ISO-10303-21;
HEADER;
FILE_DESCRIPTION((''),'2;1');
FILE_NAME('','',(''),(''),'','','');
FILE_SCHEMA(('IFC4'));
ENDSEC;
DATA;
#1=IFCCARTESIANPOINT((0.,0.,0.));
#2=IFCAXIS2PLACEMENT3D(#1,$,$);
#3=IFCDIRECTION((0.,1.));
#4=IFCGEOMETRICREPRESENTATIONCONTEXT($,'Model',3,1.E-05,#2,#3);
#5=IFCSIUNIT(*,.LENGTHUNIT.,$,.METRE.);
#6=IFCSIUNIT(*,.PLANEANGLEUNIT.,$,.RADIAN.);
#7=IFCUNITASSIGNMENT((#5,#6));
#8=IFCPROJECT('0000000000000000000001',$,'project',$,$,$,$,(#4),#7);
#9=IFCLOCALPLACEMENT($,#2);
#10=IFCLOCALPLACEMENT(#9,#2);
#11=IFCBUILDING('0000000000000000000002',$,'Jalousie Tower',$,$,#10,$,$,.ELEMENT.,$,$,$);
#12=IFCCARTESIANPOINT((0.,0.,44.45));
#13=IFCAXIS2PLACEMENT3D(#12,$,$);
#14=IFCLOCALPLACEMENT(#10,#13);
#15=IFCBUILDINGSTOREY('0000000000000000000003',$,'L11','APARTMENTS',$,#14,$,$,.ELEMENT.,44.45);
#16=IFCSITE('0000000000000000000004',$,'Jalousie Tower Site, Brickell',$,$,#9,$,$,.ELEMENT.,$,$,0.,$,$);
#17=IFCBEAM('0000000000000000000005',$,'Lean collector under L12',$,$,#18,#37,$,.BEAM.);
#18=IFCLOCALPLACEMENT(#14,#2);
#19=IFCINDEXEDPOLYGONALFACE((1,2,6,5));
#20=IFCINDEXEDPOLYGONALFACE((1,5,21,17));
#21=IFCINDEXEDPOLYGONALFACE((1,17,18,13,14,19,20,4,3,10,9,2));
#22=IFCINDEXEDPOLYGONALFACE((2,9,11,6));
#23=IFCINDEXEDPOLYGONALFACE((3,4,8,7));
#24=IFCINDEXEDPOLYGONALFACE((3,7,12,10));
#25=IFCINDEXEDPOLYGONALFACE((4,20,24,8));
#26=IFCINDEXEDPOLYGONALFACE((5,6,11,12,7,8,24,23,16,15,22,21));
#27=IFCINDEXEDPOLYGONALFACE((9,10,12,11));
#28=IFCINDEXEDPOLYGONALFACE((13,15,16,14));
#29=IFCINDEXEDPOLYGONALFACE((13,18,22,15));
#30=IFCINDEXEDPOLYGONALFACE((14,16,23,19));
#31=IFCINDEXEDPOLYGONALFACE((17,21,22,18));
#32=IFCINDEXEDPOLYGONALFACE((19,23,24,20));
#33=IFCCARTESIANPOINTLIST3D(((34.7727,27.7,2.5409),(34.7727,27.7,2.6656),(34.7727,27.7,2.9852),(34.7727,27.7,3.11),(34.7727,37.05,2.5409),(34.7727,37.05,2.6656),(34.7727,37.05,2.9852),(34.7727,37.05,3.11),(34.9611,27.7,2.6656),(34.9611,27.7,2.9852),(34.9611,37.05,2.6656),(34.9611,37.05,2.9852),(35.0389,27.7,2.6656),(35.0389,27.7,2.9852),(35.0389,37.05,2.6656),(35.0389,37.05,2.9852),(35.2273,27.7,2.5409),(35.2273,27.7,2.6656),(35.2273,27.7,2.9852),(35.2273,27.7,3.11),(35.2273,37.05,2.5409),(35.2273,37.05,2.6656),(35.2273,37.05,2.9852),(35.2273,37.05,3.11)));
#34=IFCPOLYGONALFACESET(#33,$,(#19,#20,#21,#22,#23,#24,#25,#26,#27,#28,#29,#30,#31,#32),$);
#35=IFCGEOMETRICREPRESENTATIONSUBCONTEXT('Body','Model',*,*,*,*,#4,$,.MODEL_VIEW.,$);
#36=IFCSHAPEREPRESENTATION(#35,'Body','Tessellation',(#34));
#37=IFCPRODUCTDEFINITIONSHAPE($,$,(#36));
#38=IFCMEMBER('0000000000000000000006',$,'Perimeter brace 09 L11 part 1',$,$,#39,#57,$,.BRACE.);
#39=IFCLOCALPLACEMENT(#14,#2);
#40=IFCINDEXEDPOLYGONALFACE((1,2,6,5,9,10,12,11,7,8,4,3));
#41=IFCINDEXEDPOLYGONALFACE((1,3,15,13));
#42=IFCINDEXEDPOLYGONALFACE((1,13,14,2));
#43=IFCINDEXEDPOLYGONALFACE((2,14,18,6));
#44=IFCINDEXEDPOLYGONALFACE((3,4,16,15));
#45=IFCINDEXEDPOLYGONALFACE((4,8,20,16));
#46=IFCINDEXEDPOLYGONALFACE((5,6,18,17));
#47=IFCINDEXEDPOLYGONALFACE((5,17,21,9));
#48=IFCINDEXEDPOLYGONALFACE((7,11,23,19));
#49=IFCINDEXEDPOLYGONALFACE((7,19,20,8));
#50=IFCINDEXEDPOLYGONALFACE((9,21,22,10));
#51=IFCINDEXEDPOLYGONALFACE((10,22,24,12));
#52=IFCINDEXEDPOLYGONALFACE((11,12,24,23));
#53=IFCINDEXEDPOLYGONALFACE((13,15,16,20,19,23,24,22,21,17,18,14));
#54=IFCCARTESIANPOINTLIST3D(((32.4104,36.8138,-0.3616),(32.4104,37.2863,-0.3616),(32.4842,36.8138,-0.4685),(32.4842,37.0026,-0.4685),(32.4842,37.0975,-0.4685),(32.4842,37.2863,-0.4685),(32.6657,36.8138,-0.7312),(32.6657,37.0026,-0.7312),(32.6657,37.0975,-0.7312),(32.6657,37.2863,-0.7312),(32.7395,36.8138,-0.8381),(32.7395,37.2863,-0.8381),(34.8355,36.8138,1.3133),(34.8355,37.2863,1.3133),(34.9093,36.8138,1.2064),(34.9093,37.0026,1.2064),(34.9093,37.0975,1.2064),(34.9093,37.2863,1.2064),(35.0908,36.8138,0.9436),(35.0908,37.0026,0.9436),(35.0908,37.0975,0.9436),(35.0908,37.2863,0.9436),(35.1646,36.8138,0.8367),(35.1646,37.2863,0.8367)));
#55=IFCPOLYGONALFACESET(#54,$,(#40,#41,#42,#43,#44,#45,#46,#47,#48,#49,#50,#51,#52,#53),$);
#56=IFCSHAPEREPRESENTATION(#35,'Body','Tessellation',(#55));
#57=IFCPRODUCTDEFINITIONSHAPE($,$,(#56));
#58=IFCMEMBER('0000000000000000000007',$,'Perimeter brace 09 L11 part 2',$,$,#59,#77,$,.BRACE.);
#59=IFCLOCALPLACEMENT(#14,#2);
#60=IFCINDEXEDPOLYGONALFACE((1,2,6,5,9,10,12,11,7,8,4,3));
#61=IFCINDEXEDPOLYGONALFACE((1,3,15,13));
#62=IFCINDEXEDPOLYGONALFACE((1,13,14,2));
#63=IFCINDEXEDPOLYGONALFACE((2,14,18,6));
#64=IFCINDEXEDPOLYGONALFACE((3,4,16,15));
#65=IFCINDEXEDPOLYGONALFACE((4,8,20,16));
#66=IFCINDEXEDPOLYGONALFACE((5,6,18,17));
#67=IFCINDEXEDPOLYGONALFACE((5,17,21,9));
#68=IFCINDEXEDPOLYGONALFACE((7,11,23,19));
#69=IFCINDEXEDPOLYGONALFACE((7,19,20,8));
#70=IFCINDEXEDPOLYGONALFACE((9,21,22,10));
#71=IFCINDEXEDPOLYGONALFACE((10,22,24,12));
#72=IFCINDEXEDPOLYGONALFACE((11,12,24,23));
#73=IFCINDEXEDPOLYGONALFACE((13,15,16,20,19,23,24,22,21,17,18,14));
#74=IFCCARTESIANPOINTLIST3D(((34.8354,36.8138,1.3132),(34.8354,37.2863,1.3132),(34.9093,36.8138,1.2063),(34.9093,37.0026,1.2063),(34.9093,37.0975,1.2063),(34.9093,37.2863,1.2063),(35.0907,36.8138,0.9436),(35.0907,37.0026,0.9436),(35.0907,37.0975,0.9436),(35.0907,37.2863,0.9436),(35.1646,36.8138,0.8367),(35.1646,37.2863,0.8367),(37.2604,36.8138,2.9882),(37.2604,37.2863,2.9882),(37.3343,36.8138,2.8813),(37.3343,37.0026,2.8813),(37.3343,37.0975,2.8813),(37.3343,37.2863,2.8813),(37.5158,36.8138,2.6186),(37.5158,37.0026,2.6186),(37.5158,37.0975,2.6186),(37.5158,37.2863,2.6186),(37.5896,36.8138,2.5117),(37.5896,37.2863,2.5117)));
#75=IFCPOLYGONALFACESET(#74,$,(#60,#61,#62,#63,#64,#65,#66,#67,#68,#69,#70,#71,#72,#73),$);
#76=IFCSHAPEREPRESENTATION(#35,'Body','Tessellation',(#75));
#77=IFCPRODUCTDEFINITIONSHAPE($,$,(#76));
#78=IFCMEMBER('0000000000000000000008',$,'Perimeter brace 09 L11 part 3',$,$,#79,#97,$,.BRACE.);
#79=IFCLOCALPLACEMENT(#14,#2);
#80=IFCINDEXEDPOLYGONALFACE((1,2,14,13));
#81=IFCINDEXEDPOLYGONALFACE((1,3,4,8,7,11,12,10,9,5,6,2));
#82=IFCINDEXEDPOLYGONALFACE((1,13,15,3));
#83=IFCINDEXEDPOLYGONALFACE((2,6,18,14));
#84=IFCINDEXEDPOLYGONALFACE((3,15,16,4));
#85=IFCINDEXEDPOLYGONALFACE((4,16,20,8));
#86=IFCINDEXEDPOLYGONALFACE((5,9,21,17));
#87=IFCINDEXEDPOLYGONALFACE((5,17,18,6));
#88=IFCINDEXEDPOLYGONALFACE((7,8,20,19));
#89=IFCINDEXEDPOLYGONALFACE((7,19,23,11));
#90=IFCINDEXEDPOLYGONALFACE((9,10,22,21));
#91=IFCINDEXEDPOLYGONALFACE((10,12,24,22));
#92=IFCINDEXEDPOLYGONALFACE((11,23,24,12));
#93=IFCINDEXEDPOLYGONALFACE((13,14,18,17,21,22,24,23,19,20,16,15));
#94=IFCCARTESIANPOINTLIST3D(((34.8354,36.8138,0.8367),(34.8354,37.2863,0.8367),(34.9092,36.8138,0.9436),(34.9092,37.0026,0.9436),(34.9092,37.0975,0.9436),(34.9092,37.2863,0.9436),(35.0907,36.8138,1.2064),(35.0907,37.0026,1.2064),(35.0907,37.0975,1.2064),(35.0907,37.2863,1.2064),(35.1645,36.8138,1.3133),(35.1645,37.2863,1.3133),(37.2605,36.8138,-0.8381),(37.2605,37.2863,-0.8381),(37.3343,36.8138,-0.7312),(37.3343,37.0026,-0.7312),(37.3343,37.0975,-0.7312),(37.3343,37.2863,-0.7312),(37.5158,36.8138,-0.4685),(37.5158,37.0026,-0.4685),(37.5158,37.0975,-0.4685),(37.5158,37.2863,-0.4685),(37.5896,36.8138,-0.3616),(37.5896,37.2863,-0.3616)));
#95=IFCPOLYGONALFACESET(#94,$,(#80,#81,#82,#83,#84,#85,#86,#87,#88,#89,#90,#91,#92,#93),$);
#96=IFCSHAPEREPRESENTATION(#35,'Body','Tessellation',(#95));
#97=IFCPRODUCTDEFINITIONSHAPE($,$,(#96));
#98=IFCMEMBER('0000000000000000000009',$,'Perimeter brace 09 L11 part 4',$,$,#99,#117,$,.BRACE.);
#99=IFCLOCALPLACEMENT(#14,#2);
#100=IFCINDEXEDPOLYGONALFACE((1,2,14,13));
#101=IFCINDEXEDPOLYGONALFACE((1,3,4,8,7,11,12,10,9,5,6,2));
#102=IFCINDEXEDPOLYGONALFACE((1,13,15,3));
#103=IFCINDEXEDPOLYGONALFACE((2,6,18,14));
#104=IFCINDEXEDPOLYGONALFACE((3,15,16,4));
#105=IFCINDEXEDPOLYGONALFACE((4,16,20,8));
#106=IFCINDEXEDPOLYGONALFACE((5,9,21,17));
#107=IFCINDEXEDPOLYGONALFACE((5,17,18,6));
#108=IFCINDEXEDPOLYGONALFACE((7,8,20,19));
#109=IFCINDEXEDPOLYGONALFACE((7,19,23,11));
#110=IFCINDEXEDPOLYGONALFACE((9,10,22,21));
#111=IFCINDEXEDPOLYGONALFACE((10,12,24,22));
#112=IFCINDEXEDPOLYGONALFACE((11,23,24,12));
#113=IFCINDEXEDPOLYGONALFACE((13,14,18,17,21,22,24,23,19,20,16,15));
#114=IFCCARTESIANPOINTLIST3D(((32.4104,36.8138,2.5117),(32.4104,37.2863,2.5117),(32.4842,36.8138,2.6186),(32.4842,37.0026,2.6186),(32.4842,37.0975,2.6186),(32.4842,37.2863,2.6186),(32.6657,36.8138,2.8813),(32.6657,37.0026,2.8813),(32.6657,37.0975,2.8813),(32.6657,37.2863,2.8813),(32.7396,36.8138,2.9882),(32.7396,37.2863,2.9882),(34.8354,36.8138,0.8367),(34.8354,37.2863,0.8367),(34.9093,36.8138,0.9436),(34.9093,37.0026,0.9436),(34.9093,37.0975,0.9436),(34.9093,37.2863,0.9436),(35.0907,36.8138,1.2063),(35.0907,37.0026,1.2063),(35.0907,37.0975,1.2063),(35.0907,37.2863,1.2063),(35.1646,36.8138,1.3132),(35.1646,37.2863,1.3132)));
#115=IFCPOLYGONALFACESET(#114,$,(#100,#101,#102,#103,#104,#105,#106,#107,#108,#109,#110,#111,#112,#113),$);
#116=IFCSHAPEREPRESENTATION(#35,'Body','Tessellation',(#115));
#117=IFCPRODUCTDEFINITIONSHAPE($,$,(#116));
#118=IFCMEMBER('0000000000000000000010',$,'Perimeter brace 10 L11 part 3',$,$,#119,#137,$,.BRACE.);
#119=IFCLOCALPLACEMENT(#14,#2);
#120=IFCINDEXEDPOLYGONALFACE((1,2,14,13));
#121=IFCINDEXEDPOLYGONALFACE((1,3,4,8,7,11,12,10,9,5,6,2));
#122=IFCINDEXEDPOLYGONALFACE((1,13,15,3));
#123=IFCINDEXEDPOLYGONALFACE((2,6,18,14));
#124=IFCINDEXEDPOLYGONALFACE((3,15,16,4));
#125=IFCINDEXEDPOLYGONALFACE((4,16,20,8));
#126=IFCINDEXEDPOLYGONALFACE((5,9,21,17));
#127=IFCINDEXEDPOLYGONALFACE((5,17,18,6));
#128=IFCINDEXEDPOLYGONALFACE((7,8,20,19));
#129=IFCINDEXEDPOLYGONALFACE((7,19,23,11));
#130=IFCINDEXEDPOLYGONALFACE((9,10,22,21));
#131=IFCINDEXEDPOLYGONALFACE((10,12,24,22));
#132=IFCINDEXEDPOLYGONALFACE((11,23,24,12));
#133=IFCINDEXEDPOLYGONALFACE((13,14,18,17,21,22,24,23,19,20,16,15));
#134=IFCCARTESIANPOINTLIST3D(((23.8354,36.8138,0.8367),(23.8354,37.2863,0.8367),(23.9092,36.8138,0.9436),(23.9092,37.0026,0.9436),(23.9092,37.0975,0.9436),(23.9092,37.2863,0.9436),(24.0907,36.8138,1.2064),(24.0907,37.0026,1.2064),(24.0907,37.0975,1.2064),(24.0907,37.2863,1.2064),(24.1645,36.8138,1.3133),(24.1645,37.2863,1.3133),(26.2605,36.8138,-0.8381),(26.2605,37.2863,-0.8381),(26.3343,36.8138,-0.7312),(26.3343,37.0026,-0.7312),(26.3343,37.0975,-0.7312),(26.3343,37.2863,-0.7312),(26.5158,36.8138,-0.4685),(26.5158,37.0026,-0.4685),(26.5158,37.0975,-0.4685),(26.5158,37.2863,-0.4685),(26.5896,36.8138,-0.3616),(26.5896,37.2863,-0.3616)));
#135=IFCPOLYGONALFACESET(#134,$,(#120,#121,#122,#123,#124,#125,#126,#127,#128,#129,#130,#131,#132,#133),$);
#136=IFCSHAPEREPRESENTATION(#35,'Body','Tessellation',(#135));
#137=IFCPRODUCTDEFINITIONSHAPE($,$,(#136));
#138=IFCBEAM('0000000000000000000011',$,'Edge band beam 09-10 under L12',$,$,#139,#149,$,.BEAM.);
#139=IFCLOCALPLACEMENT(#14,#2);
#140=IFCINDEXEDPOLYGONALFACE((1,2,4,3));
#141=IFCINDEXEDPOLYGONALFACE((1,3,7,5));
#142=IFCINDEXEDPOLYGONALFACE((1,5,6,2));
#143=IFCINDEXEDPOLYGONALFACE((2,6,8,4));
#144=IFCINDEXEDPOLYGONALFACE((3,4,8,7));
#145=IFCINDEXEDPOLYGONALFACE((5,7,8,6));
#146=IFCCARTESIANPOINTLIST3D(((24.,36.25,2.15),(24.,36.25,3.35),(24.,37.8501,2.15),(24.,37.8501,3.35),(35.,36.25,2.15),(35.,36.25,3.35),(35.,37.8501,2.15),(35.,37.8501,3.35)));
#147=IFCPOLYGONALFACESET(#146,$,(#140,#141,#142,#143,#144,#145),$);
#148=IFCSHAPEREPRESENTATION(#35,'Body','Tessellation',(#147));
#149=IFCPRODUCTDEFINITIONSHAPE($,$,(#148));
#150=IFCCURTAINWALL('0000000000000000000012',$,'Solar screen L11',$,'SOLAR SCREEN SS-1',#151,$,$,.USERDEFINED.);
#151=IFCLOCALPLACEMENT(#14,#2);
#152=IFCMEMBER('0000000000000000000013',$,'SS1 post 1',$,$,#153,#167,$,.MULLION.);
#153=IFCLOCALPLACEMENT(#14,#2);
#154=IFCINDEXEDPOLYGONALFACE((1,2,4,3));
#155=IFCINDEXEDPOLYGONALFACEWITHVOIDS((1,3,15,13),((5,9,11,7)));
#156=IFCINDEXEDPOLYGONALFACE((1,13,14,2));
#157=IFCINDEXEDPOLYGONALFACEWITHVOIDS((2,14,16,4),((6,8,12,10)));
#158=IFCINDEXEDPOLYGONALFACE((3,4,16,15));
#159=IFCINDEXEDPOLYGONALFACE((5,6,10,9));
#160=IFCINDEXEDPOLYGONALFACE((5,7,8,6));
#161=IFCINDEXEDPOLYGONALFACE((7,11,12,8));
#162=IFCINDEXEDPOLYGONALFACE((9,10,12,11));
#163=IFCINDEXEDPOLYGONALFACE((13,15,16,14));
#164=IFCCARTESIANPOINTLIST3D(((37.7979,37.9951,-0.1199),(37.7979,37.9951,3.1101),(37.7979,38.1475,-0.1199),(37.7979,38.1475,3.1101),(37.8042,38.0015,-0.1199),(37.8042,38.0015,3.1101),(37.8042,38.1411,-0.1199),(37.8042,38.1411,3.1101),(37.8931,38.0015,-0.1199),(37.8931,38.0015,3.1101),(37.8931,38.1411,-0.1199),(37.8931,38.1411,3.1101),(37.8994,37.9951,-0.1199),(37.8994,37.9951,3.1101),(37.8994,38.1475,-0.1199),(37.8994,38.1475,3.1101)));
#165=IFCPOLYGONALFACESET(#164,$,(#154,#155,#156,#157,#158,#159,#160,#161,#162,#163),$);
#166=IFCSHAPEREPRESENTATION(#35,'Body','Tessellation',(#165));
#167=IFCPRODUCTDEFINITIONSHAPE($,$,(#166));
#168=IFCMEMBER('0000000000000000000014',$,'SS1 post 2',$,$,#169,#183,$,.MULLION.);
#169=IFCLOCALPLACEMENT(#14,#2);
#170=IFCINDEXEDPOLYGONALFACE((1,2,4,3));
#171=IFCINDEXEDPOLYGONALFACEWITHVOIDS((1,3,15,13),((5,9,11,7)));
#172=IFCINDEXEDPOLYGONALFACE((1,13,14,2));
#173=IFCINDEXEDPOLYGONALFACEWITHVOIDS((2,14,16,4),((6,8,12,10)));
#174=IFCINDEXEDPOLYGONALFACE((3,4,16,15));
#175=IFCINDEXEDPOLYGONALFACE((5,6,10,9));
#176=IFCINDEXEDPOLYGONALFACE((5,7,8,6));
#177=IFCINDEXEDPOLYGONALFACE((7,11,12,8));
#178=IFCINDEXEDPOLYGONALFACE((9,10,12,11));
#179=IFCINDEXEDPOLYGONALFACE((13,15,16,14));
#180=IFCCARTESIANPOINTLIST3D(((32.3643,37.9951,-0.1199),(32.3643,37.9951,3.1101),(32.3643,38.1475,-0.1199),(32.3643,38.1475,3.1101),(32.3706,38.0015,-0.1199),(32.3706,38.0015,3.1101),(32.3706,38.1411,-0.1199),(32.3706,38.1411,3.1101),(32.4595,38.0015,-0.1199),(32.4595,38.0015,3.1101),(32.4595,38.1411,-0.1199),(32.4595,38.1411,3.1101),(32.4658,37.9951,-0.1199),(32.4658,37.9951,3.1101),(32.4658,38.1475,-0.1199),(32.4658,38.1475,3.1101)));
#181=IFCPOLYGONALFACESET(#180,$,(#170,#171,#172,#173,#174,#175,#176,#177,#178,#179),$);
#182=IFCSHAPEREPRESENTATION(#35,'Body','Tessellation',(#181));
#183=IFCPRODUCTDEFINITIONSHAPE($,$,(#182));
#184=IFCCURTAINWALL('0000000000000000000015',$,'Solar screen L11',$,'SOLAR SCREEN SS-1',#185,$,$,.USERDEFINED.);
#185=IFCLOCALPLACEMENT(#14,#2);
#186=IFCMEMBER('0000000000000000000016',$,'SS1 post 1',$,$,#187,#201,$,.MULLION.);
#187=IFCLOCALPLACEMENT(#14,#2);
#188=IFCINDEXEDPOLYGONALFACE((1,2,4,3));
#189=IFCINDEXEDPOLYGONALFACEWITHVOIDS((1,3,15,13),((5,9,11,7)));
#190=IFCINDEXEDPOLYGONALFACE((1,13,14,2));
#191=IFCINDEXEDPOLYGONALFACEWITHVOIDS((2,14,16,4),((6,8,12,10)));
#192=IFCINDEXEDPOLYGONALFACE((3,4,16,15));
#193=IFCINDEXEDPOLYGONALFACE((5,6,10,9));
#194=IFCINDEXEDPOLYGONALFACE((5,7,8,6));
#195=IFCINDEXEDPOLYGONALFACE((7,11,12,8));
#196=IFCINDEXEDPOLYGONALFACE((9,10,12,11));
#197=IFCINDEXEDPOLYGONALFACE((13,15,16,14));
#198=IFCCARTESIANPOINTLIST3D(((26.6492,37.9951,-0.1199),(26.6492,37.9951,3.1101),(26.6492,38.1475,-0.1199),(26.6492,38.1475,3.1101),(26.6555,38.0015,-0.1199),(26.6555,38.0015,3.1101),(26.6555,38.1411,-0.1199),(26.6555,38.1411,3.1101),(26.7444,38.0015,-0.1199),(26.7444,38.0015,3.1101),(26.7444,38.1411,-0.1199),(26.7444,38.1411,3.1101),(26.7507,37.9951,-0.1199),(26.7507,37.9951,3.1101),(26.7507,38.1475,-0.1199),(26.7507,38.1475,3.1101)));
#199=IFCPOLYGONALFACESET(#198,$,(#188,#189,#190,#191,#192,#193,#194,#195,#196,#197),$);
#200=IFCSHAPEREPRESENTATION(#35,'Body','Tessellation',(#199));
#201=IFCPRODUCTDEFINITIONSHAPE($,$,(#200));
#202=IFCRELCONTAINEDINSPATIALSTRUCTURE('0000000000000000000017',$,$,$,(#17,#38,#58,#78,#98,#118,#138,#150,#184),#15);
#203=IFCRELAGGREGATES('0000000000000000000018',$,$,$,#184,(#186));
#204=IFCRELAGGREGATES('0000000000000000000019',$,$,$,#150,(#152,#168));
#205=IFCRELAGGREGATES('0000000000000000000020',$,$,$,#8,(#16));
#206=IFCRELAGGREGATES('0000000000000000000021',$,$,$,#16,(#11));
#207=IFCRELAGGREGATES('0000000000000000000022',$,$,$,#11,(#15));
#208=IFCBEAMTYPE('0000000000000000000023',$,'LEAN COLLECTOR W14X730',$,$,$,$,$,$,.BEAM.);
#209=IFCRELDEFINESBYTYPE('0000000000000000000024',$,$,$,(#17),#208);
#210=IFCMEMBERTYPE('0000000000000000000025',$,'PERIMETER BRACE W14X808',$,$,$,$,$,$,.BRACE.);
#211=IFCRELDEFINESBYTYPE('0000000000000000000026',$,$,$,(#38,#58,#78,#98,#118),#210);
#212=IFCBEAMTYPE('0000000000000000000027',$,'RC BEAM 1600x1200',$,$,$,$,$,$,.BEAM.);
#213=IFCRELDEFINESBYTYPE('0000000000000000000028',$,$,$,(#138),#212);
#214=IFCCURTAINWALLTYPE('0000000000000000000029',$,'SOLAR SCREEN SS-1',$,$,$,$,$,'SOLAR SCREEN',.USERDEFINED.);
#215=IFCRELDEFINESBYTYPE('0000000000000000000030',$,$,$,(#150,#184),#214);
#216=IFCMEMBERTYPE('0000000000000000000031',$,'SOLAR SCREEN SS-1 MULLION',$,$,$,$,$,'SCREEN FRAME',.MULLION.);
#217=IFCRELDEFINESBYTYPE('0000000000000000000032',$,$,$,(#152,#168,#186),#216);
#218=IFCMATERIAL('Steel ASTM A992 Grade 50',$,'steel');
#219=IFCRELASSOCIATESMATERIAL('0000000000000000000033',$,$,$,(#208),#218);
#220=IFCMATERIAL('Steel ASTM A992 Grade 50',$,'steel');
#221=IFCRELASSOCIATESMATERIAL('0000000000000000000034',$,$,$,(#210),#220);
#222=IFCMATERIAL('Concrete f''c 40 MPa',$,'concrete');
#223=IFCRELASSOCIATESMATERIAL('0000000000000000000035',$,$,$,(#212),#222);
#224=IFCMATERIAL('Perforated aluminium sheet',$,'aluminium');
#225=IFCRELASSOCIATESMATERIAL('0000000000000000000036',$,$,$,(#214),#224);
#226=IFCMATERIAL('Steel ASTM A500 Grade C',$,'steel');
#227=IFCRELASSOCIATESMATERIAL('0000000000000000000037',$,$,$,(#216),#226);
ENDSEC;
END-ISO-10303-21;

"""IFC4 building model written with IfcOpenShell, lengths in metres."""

from ifc_helpers import new_model, si_unit, direction, frame, origin, origin_2d, place, context, subcontext, project, spatial, rectangle, hollow_rectangle, i_section, extrude, material, material_profile, profile_set, type_object, element, aggregate, save


model = new_model("IFC4")

# Units and contexts
model_context = context("Model", 3, precision=1e-05, world=origin(), true_north=direction((0.0, 1.0)))
body_context = subcontext(model_context, "Body", "Model", "MODEL_VIEW")
ifc_project = project(units=[si_unit("LENGTHUNIT", "METRE"), si_unit("PLANEANGLEUNIT", "RADIAN")], contexts=[model_context])

# Site, building, storey
site_placement = place(None, origin())
site = spatial("IfcSite", under=ifc_project, at=site_placement, Name="Jalousie Tower Site, Brickell", CompositionType="ELEMENT", RefElevation=0.0)
building_placement = place(site_placement, origin())
building = spatial("IfcBuilding", under=site, at=building_placement, Name="Jalousie Tower", CompositionType="ELEMENT")
storey_placement = place(building_placement, frame((0.0, 0.0, 44.45)))
storey = spatial("IfcBuildingStorey", under=building, at=storey_placement, Name="L11", Description="APARTMENTS", CompositionType="ELEMENT", Elevation=44.45)

# Beam
ifc_material_1 = material(Name="Steel ASTM A992 Grade 50", Category="steel")
ifc_material_profile_1 = material_profile(ifc_material_1, i_section(OverallWidth=0.4546, OverallDepth=0.5691, WebThickness=0.0779, FlangeThickness=0.1248, at=origin_2d()), Name="W14X730")
ifc_profile_set_1 = profile_set([ifc_material_profile_1], Name="Steel ASTM A992 Grade 50")
beam_type_1 = type_object("IfcBeamType", Name="LEAN COLLECTOR W14X730", PredefinedType="BEAM", material=ifc_profile_set_1)
beam_1_placement = place(storey_placement, frame((35.0, 37.05, 2.8254), z_axis=(0.0, -1.0, 0.0), x_axis=(1.0, 0.0, 0.0)))
element("IfcBeam", 1, at=beam_1_placement, inside=storey, type_object=beam_type_1, Name="Lean collector under L12", PredefinedType="BEAM", context=body_context, shape_type="SweptSolid", body=[
    extrude(i_section(OverallWidth=0.4546, OverallDepth=0.5691, WebThickness=0.0779, FlangeThickness=0.1248, at=origin_2d()), origin(), (0.0, 0.0, 1.0), 9.3501),
])

# Members
ifc_material_2 = material(Name="Steel ASTM A992 Grade 50", Category="steel")
ifc_material_profile_2 = material_profile(ifc_material_2, i_section(OverallWidth=0.4724, OverallDepth=0.5791, WebThickness=0.095, FlangeThickness=0.1299, at=origin_2d()), Name="W14X808")
ifc_profile_set_2 = profile_set([ifc_material_profile_2], Name="Steel ASTM A992 Grade 50")
member_type_1 = type_object("IfcMemberType", Name="PERIMETER BRACE W14X808", PredefinedType="BRACE", material=ifc_profile_set_2)
for number, where, z_axis, x_axis, name in (
    (2, (32.575, 37.05, -0.5999), (0.822839, 0.0, 0.568275), (0.0, 1.0, 0.0), "Perimeter brace 09 L11 part 1"),
    (3, (35.0, 37.05, 1.075), (0.8228, 0.0, 0.568331), (0.0, 1.0, 0.0), "Perimeter brace 09 L11 part 2"),
    (4, (37.425, 37.05, -0.5999), (-0.822839, 0.0, 0.568275), (0.0, -1.0, 0.0), "Perimeter brace 09 L11 part 3"),
    (5, (35.0, 37.05, 1.075), (-0.8228, 0.0, 0.568331), (0.0, -1.0, 0.0), "Perimeter brace 09 L11 part 4"),
    (6, (26.425, 37.05, -0.5999), (-0.822839, 0.0, 0.568275), (0.0, -1.0, 0.0), "Perimeter brace 10 L11 part 3"),
):
    element("IfcMember", number, at=place(storey_placement, frame(where, z_axis=z_axis, x_axis=x_axis)), inside=storey, type_object=member_type_1, Name=name, PredefinedType="BRACE", context=body_context, shape_type="SweptSolid", body=[
        extrude(i_section(OverallWidth=0.4724, OverallDepth=0.5791, WebThickness=0.095, FlangeThickness=0.1299, at=origin_2d()), origin(), (0.0, 0.0, 1.0), 2.9473),
    ])

# Beam
ifc_material_3 = material(Name="Concrete f'c 40 MPa", Category="concrete")
ifc_material_profile_3 = material_profile(ifc_material_3, rectangle(XDim=1.6001, YDim=1.2, at=origin_2d()), Name="RC 1600x1200")
ifc_profile_set_3 = profile_set([ifc_material_profile_3], Name="Concrete f'c 40 MPa")
beam_type_2 = type_object("IfcBeamType", Name="RC BEAM 1600x1200", PredefinedType="BEAM", material=ifc_profile_set_3)
beam_2_placement = place(storey_placement, frame((35.0, 37.05, 2.75), z_axis=(-1.0, 0.0, 0.0), x_axis=(0.0, -1.0, 0.0)))
element("IfcBeam", 7, at=beam_2_placement, inside=storey, type_object=beam_type_2, Name="Edge band beam 09-10 under L12", PredefinedType="BEAM", context=body_context, shape_type="SweptSolid", body=[
    extrude(rectangle(XDim=1.6001, YDim=1.2, at=origin_2d()), origin(), (0.0, 0.0, 1.0), 11.0),
])

# Curtain wall, members
ifc_material_4 = material(Name="Perforated aluminium sheet", Category="aluminium")
curtain_wall_type = type_object("IfcCurtainWallType", Name="SOLAR SCREEN SS-1", ElementType="SOLAR SCREEN", PredefinedType="USERDEFINED", material=ifc_material_4)
curtain_wall_1_placement = place(storey_placement, origin())
curtain_wall_1 = element("IfcCurtainWall", 8, at=curtain_wall_1_placement, inside=storey, type_object=curtain_wall_type, Name="Solar screen L11", ObjectType="SOLAR SCREEN SS-1", PredefinedType="USERDEFINED")
ifc_material_5 = material(Name="Steel ASTM A500 Grade C", Category="steel")
ifc_material_profile_4 = material_profile(ifc_material_5, hollow_rectangle(XDim=0.1016, YDim=0.1523, WallThickness=0.0063, at=origin_2d()), Name="HSS6X4X1/4")
ifc_profile_set_4 = profile_set([ifc_material_profile_4], Name="Steel ASTM A500 Grade C")
member_type_2 = type_object("IfcMemberType", Name="SOLAR SCREEN SS-1 MULLION", ElementType="SCREEN FRAME", PredefinedType="MULLION", material=ifc_profile_set_4)
member_1_placement = place(storey_placement, frame((37.8486, 38.0713, -0.1199), z_axis=(0.0, 0.0, 1.0), x_axis=(-1.0, 0.0, 0.0)))
member_1 = element("IfcMember", 9, at=member_1_placement, type_object=member_type_2, Name="SS1 post 1", PredefinedType="MULLION", context=body_context, shape_type="SweptSolid", body=[
    extrude(hollow_rectangle(XDim=0.1016, YDim=0.1523, WallThickness=0.0063, at=origin_2d()), origin(), (0.0, 0.0, 1.0), 3.23),
])
member_2_placement = place(storey_placement, frame((32.415, 38.0713, -0.1199), z_axis=(0.0, 0.0, 1.0), x_axis=(-1.0, 0.0, 0.0)))
member_2 = element("IfcMember", 10, at=member_2_placement, type_object=member_type_2, Name="SS1 post 2", PredefinedType="MULLION", context=body_context, shape_type="SweptSolid", body=[
    extrude(hollow_rectangle(XDim=0.1016, YDim=0.1523, WallThickness=0.0063, at=origin_2d()), origin(), (0.0, 0.0, 1.0), 3.23),
])

# Curtain wall, member
curtain_wall_2_placement = place(storey_placement, origin())
curtain_wall_2 = element("IfcCurtainWall", 11, at=curtain_wall_2_placement, inside=storey, type_object=curtain_wall_type, Name="Solar screen L11", ObjectType="SOLAR SCREEN SS-1", PredefinedType="USERDEFINED")
member_3_placement = place(storey_placement, frame((26.7, 38.0713, -0.1199), z_axis=(0.0, 0.0, 1.0), x_axis=(-1.0, 0.0, 0.0)))
member_3 = element("IfcMember", 12, at=member_3_placement, type_object=member_type_2, Name="SS1 post 1", PredefinedType="MULLION", context=body_context, shape_type="SweptSolid", body=[
    extrude(hollow_rectangle(XDim=0.1016, YDim=0.1523, WallThickness=0.0063, at=origin_2d()), origin(), (0.0, 0.0, 1.0), 3.23),
])

aggregate(curtain_wall_2, [member_3])

aggregate(curtain_wall_1, [member_1, member_2])

save(model, "model.ifc")
